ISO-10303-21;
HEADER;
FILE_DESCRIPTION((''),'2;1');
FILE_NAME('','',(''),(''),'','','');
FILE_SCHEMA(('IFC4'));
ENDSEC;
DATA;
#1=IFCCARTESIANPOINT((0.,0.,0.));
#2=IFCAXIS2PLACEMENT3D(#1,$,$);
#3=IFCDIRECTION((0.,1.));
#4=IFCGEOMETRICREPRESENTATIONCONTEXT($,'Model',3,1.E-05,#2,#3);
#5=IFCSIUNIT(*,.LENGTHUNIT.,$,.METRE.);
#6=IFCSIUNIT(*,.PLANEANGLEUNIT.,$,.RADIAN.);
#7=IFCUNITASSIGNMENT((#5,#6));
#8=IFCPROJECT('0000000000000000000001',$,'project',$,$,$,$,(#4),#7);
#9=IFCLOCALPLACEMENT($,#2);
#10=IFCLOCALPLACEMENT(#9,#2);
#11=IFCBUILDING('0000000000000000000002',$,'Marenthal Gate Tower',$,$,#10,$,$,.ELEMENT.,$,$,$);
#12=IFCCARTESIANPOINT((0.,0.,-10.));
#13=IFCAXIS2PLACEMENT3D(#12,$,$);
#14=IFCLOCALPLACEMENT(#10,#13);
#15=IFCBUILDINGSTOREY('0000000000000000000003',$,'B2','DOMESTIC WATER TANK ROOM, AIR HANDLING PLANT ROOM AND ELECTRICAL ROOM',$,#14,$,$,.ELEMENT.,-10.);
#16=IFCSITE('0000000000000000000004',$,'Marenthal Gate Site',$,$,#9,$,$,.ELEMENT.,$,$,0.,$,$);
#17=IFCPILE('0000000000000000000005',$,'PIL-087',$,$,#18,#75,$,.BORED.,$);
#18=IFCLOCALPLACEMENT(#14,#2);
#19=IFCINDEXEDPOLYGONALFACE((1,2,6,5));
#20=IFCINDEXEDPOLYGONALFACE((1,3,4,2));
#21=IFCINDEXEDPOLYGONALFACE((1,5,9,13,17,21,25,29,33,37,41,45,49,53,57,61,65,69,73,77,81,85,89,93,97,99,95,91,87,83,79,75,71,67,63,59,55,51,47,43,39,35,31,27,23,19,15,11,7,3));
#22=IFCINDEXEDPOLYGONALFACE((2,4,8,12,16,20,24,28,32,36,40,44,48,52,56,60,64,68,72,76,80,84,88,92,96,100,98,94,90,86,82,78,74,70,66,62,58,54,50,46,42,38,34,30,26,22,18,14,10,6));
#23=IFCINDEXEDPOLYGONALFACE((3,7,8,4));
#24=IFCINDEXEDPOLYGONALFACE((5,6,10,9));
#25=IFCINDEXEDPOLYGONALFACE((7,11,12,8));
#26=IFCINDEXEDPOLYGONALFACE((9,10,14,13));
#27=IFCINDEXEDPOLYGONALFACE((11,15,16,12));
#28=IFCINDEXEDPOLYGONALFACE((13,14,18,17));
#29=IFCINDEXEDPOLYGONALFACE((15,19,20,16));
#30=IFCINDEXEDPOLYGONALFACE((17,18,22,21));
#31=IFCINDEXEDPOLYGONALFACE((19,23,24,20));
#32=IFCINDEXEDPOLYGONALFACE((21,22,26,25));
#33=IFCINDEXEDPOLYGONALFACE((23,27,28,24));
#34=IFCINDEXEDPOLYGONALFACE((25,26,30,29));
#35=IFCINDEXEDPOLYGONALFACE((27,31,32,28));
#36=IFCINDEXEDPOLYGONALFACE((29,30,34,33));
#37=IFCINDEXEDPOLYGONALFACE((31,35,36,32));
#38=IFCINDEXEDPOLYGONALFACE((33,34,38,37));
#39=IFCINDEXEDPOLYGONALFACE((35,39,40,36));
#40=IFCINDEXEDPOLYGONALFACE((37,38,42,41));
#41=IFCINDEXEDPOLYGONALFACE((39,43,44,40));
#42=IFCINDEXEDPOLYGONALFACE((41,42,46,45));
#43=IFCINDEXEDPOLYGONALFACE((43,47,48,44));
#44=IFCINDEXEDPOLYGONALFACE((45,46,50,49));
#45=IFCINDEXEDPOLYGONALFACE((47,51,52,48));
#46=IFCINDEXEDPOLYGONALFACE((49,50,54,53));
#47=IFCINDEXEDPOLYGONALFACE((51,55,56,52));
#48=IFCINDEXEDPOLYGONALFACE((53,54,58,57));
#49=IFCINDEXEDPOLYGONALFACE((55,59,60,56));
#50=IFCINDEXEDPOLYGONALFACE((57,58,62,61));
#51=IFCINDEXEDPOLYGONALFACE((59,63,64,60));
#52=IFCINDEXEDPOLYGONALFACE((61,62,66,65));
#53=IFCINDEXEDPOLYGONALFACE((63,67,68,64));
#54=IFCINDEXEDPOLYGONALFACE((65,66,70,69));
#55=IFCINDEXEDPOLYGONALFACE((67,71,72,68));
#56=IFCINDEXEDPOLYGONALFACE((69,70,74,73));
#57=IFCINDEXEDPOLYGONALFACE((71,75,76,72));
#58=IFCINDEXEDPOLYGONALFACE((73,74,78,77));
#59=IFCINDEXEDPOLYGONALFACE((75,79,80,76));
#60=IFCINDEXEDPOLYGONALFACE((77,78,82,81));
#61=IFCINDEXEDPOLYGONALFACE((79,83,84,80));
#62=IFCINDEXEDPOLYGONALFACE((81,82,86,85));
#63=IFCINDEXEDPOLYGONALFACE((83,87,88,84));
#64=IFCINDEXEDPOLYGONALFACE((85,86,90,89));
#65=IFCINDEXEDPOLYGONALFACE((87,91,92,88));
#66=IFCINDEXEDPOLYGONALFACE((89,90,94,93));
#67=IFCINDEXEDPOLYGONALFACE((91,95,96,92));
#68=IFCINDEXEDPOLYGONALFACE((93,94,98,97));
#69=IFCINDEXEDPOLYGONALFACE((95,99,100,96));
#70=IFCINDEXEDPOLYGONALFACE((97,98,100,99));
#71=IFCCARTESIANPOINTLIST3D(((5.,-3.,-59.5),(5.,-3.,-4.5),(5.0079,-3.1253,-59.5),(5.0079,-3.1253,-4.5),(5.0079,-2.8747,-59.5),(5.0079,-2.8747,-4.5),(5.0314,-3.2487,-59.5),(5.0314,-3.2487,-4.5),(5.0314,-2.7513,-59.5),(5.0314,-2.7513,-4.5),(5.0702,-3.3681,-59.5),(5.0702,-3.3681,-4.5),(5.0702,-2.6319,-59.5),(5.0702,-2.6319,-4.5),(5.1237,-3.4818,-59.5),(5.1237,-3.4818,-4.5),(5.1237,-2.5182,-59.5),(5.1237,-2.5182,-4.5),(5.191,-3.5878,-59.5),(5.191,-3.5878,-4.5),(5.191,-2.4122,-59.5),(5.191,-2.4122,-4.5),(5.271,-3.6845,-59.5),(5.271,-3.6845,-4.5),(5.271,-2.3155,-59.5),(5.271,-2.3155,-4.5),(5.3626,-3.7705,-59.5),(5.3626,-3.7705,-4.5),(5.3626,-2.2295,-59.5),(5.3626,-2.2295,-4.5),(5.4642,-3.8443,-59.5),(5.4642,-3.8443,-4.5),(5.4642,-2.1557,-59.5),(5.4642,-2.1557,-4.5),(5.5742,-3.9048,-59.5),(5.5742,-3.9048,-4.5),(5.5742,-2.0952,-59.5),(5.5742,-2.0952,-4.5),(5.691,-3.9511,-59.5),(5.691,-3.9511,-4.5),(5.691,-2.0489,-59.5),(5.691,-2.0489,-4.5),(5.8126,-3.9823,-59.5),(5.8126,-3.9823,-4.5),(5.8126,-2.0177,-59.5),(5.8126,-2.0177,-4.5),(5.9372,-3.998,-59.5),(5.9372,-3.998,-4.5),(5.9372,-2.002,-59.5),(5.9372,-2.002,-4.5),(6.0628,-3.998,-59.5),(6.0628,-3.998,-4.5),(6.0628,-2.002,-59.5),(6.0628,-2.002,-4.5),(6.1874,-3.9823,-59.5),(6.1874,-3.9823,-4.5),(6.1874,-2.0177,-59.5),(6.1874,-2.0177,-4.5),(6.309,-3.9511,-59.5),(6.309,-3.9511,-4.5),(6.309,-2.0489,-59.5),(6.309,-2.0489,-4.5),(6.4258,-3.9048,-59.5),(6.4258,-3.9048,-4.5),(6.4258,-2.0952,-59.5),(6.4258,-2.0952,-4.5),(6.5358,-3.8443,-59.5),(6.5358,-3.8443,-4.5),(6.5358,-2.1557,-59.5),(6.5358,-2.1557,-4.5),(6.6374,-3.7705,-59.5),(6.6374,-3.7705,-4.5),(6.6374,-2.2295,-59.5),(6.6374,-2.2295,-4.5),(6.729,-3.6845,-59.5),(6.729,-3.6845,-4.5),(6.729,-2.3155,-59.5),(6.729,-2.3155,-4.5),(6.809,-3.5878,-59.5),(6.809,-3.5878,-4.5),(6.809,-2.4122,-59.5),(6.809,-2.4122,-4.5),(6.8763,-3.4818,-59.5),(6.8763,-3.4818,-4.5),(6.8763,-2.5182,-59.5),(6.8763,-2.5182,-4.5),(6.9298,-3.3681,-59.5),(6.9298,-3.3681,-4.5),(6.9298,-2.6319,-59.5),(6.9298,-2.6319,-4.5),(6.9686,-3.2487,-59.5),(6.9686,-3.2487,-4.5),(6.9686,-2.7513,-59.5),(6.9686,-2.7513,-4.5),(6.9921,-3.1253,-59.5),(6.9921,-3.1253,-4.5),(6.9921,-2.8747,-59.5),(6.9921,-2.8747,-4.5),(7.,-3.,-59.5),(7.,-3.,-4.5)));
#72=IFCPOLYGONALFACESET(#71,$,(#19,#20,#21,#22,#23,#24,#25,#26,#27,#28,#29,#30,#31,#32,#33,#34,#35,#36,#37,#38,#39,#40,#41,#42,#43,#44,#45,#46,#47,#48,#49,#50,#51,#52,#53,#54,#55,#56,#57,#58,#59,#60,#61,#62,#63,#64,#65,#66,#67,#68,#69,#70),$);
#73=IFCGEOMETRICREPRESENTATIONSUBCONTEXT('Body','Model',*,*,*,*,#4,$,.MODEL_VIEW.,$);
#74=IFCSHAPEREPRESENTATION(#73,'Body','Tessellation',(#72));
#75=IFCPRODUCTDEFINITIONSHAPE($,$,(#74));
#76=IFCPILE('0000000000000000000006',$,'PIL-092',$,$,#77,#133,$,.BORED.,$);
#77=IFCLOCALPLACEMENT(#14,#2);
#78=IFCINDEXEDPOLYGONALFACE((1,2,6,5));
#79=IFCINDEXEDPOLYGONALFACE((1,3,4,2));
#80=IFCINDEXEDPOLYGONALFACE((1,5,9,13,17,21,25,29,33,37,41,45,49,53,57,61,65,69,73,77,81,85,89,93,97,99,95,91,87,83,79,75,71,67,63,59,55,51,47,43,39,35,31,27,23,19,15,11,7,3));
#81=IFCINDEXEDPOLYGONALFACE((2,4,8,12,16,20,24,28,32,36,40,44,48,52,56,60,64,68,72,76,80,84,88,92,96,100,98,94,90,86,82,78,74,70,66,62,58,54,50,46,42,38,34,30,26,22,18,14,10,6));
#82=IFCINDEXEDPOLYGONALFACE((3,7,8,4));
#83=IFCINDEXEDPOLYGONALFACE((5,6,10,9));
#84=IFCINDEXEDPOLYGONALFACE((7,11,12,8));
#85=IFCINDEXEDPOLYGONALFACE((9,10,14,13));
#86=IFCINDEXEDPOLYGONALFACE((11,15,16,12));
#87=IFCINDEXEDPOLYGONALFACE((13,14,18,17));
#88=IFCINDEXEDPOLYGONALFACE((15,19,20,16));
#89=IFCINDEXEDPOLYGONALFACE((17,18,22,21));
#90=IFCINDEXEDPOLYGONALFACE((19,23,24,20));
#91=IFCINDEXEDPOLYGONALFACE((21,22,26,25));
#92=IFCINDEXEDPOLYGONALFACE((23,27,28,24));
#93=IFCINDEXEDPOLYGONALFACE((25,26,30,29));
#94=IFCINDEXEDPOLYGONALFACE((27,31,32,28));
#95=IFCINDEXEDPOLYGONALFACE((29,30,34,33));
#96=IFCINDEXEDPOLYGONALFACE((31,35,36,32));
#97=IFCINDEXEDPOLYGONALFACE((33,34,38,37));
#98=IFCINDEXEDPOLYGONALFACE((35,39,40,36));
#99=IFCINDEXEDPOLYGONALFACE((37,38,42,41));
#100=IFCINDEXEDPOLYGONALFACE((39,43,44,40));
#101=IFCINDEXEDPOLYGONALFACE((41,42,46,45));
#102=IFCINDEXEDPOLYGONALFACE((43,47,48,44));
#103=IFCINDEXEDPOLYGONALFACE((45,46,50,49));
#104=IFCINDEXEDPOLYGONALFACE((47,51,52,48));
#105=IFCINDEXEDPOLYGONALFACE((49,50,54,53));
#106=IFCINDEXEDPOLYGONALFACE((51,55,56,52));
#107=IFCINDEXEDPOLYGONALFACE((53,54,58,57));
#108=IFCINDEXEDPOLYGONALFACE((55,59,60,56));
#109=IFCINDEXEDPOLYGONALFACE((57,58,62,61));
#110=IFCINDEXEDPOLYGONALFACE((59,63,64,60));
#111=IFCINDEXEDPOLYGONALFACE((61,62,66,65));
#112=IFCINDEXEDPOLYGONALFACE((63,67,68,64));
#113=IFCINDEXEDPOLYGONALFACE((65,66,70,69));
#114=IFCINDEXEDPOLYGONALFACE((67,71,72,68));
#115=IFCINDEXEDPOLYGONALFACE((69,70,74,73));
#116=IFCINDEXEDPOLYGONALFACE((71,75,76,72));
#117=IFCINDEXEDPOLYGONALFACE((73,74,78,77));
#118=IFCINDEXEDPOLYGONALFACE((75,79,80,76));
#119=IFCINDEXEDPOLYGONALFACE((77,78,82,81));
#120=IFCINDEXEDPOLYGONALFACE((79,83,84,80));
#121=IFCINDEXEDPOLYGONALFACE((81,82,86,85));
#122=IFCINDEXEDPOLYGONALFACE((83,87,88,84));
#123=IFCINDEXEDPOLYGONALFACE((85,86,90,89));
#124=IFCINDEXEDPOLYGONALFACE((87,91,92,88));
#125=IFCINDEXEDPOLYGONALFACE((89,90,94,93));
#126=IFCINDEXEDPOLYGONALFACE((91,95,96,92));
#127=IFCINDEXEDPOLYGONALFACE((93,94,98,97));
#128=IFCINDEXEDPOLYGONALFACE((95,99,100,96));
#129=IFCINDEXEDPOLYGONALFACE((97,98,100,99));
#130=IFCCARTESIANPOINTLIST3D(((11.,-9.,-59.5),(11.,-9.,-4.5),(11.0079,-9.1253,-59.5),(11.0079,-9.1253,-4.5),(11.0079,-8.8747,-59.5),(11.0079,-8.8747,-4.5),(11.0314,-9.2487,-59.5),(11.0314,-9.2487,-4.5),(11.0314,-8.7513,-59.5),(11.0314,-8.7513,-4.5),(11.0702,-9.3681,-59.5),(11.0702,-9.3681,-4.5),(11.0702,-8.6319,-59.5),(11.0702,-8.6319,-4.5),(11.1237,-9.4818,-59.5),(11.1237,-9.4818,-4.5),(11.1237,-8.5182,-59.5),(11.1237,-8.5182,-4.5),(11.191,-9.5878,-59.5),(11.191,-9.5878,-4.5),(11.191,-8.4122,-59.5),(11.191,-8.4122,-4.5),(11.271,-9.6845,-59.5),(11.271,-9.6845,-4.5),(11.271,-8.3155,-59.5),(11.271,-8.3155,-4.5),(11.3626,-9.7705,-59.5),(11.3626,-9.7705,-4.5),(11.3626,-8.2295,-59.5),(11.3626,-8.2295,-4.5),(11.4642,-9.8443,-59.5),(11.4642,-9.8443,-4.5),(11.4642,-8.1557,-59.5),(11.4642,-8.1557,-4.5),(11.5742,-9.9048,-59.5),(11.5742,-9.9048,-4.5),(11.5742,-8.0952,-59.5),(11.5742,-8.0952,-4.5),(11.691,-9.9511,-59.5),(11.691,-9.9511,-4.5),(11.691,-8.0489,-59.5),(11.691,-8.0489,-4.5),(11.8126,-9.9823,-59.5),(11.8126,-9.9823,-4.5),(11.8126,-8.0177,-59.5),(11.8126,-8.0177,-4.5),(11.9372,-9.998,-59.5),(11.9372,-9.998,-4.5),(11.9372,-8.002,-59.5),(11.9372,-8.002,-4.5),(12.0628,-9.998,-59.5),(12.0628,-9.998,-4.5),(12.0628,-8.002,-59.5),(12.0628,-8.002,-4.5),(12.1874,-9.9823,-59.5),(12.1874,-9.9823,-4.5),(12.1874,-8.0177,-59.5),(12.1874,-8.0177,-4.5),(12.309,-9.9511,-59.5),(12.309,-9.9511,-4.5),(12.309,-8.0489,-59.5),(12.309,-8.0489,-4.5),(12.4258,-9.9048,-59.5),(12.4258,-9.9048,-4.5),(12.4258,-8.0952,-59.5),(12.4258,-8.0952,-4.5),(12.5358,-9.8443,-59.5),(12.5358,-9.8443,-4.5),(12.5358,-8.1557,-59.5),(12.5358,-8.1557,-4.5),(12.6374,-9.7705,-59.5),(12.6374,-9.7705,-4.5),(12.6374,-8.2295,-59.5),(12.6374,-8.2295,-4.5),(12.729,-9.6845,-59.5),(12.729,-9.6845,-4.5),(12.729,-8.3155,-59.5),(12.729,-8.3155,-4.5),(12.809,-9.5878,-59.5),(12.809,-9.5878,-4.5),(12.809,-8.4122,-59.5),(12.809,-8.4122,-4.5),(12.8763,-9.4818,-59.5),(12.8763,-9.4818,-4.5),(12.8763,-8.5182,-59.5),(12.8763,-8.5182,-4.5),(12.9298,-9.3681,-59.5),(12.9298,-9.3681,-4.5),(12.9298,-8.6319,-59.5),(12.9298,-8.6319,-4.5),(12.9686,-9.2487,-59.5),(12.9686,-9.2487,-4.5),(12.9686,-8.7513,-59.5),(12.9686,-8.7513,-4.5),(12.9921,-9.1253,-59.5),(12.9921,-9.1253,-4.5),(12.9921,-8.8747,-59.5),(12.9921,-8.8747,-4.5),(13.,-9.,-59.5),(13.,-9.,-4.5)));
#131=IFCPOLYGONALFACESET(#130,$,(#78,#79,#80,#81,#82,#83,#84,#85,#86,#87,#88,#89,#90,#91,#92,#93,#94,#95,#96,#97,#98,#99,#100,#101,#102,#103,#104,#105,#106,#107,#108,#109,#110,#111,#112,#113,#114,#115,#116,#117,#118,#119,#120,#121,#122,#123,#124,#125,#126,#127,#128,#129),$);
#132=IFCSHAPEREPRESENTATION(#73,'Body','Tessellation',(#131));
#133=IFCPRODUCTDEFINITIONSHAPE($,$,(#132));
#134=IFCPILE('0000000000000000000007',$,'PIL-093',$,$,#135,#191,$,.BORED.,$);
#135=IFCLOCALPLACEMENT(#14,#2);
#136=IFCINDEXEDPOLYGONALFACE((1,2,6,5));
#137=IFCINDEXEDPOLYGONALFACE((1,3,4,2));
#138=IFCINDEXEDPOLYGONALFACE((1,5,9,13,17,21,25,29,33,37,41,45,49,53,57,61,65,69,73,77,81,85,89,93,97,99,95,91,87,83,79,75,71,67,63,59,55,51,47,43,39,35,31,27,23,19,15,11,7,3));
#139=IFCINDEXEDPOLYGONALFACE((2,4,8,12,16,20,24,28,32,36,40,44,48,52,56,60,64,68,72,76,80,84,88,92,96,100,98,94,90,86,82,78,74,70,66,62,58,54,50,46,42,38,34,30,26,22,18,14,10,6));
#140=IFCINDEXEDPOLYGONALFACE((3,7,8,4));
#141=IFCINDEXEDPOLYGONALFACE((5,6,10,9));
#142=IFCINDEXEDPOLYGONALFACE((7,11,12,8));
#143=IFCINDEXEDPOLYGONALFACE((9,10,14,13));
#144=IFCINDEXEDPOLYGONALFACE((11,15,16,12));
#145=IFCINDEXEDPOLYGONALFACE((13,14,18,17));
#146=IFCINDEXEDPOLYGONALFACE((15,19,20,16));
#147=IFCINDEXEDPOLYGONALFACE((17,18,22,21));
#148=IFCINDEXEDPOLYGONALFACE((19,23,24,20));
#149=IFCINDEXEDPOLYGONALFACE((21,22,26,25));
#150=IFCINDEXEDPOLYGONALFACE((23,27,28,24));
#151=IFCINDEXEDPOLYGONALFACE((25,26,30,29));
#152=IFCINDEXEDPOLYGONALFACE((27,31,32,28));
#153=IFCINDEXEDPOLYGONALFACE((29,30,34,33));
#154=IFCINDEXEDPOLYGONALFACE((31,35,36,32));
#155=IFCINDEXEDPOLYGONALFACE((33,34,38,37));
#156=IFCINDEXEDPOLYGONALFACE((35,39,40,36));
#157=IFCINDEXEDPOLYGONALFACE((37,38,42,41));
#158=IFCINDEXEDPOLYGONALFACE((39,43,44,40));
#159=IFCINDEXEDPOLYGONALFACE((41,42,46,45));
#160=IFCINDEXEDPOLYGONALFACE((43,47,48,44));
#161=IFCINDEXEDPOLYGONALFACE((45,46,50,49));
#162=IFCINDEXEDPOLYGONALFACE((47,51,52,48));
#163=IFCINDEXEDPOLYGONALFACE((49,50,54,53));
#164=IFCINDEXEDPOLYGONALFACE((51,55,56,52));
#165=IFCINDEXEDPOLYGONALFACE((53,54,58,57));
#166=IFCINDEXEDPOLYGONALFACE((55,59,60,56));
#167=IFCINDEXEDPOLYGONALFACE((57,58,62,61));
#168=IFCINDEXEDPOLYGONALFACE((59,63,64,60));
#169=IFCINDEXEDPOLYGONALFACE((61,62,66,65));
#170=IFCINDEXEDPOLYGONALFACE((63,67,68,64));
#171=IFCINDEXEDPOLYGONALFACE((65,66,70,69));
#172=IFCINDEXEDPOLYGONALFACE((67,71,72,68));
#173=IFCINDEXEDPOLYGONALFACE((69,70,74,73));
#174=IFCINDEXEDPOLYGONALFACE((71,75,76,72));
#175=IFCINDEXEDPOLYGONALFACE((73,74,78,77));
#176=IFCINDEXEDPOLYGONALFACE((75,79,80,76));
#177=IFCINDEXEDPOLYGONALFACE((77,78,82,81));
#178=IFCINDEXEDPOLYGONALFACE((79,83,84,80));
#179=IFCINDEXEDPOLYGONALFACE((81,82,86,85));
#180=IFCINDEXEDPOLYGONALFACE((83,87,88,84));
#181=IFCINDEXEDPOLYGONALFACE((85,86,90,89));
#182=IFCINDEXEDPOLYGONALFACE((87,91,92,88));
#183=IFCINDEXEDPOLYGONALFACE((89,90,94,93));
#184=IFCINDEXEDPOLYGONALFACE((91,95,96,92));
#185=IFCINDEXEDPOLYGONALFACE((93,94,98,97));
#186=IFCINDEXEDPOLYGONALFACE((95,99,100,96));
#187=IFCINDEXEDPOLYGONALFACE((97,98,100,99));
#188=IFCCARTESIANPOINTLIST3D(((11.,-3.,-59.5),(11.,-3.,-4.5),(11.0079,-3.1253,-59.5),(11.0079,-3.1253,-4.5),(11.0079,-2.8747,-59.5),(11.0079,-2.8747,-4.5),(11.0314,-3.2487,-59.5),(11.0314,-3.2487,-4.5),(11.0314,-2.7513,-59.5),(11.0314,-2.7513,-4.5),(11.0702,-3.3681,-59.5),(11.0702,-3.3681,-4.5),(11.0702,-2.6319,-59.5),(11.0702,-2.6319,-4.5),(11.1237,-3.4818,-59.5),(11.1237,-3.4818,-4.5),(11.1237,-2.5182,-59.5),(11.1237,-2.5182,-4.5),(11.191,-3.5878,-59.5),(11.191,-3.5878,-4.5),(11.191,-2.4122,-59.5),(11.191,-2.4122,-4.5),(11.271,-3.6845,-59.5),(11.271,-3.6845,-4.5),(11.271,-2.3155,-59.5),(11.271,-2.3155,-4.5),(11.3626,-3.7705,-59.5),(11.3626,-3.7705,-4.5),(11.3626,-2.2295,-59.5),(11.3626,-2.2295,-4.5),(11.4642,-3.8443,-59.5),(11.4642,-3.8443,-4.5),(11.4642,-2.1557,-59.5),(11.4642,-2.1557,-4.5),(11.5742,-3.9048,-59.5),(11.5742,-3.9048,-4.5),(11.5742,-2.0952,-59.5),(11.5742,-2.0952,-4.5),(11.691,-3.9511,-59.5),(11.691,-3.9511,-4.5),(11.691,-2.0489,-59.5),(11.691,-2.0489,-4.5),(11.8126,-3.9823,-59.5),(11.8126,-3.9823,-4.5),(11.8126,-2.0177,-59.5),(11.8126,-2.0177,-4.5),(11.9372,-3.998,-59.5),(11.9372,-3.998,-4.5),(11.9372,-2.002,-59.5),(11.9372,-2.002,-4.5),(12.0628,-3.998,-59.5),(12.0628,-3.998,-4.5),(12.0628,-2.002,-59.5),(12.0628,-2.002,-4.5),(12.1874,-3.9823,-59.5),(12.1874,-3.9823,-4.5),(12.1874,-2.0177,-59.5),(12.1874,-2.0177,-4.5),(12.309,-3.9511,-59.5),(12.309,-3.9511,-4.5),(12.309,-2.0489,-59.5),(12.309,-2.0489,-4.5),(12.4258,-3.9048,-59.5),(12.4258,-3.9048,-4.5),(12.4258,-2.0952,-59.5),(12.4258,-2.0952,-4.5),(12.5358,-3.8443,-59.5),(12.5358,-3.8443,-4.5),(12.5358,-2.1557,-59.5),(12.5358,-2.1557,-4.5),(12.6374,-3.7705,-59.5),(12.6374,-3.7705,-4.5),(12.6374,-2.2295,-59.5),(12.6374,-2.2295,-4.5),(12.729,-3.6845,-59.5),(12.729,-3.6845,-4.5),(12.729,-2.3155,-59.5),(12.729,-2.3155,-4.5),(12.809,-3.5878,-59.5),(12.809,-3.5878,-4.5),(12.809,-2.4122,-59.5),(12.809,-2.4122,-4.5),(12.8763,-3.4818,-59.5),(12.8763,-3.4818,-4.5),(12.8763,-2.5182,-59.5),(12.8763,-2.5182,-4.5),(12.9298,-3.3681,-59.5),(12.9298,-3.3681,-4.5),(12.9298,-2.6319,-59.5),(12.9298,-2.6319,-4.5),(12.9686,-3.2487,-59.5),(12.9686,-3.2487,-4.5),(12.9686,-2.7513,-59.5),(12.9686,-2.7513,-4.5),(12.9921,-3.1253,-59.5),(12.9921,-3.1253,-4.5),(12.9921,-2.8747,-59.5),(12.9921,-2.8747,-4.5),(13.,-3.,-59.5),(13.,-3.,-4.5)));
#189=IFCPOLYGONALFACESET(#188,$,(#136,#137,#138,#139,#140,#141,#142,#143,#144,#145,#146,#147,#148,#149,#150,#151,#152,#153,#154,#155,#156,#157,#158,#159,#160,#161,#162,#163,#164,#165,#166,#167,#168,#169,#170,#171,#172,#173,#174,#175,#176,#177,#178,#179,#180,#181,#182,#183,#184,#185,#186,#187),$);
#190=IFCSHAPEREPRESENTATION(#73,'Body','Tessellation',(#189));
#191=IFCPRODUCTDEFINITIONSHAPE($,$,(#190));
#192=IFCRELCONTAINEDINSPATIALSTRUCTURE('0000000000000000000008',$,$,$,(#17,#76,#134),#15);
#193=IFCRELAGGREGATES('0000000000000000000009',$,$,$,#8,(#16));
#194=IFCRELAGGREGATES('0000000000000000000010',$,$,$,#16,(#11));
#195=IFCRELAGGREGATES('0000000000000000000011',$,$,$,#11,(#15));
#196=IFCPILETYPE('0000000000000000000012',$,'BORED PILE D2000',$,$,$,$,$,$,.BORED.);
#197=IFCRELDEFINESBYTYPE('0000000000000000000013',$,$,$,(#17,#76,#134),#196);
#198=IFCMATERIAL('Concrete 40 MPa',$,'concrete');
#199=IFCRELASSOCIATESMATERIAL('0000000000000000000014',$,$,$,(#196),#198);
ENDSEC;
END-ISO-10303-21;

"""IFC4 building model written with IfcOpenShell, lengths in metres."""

from ifc_helpers import new_model, si_unit, direction, frame, origin, origin_2d, place, context, subcontext, project, spatial, circle, extrude, material, type_object, element, save


model = new_model("IFC4")

# Units and contexts
model_context = context("Model", 3, precision=1e-05, world=origin(), true_north=direction((0.0, 1.0)))
body_context = subcontext(model_context, "Body", "Model", "MODEL_VIEW")
ifc_project = project(units=[si_unit("LENGTHUNIT", "METRE"), si_unit("PLANEANGLEUNIT", "RADIAN")], contexts=[model_context])

# Site, building, storey
site_placement = place(None, origin())
site = spatial("IfcSite", under=ifc_project, at=site_placement, Name="Marenthal Gate Site", CompositionType="ELEMENT", RefElevation=0.0)
building_placement = place(site_placement, origin())
building = spatial("IfcBuilding", under=site, at=building_placement, Name="Marenthal Gate Tower", CompositionType="ELEMENT")
storey_placement = place(building_placement, frame((0.0, 0.0, -10.0)))
storey = spatial("IfcBuildingStorey", under=building, at=storey_placement, Name="B2", Description="DOMESTIC WATER TANK ROOM, AIR HANDLING PLANT ROOM AND ELECTRICAL ROOM", CompositionType="ELEMENT", Elevation=-10.0)

# Piles
ifc_material_1 = material(Name="Concrete 40 MPa", Category="concrete")
pile_type = type_object("IfcPileType", Name="BORED PILE D2000", PredefinedType="BORED", material=ifc_material_1)
for number, where, z_axis, x_axis, name in (
    (1, (6.0, -3.0, -4.5), (0.0, 0.0, -1.0), (1.0, 0.0, 0.0), "PIL-087"),
    (2, (12.0, -9.0, -4.5), (0.0, 0.0, -1.0), (1.0, 0.0, 0.0), "PIL-092"),
    (3, (12.0, -3.0, -4.5), (0.0, 0.0, -1.0), (1.0, 0.0, 0.0), "PIL-093"),
):
    element("IfcPile", number, at=place(storey_placement, frame(where, z_axis=z_axis, x_axis=x_axis)), inside=storey, type_object=pile_type, Name=name, PredefinedType="BORED", context=body_context, shape_type="SweptSolid", body=[
        extrude(circle(Radius=1.0, at=origin_2d()), origin(), (0.0, 0.0, 1.0), 55.0),
    ])

save(model, "model.ifc")
